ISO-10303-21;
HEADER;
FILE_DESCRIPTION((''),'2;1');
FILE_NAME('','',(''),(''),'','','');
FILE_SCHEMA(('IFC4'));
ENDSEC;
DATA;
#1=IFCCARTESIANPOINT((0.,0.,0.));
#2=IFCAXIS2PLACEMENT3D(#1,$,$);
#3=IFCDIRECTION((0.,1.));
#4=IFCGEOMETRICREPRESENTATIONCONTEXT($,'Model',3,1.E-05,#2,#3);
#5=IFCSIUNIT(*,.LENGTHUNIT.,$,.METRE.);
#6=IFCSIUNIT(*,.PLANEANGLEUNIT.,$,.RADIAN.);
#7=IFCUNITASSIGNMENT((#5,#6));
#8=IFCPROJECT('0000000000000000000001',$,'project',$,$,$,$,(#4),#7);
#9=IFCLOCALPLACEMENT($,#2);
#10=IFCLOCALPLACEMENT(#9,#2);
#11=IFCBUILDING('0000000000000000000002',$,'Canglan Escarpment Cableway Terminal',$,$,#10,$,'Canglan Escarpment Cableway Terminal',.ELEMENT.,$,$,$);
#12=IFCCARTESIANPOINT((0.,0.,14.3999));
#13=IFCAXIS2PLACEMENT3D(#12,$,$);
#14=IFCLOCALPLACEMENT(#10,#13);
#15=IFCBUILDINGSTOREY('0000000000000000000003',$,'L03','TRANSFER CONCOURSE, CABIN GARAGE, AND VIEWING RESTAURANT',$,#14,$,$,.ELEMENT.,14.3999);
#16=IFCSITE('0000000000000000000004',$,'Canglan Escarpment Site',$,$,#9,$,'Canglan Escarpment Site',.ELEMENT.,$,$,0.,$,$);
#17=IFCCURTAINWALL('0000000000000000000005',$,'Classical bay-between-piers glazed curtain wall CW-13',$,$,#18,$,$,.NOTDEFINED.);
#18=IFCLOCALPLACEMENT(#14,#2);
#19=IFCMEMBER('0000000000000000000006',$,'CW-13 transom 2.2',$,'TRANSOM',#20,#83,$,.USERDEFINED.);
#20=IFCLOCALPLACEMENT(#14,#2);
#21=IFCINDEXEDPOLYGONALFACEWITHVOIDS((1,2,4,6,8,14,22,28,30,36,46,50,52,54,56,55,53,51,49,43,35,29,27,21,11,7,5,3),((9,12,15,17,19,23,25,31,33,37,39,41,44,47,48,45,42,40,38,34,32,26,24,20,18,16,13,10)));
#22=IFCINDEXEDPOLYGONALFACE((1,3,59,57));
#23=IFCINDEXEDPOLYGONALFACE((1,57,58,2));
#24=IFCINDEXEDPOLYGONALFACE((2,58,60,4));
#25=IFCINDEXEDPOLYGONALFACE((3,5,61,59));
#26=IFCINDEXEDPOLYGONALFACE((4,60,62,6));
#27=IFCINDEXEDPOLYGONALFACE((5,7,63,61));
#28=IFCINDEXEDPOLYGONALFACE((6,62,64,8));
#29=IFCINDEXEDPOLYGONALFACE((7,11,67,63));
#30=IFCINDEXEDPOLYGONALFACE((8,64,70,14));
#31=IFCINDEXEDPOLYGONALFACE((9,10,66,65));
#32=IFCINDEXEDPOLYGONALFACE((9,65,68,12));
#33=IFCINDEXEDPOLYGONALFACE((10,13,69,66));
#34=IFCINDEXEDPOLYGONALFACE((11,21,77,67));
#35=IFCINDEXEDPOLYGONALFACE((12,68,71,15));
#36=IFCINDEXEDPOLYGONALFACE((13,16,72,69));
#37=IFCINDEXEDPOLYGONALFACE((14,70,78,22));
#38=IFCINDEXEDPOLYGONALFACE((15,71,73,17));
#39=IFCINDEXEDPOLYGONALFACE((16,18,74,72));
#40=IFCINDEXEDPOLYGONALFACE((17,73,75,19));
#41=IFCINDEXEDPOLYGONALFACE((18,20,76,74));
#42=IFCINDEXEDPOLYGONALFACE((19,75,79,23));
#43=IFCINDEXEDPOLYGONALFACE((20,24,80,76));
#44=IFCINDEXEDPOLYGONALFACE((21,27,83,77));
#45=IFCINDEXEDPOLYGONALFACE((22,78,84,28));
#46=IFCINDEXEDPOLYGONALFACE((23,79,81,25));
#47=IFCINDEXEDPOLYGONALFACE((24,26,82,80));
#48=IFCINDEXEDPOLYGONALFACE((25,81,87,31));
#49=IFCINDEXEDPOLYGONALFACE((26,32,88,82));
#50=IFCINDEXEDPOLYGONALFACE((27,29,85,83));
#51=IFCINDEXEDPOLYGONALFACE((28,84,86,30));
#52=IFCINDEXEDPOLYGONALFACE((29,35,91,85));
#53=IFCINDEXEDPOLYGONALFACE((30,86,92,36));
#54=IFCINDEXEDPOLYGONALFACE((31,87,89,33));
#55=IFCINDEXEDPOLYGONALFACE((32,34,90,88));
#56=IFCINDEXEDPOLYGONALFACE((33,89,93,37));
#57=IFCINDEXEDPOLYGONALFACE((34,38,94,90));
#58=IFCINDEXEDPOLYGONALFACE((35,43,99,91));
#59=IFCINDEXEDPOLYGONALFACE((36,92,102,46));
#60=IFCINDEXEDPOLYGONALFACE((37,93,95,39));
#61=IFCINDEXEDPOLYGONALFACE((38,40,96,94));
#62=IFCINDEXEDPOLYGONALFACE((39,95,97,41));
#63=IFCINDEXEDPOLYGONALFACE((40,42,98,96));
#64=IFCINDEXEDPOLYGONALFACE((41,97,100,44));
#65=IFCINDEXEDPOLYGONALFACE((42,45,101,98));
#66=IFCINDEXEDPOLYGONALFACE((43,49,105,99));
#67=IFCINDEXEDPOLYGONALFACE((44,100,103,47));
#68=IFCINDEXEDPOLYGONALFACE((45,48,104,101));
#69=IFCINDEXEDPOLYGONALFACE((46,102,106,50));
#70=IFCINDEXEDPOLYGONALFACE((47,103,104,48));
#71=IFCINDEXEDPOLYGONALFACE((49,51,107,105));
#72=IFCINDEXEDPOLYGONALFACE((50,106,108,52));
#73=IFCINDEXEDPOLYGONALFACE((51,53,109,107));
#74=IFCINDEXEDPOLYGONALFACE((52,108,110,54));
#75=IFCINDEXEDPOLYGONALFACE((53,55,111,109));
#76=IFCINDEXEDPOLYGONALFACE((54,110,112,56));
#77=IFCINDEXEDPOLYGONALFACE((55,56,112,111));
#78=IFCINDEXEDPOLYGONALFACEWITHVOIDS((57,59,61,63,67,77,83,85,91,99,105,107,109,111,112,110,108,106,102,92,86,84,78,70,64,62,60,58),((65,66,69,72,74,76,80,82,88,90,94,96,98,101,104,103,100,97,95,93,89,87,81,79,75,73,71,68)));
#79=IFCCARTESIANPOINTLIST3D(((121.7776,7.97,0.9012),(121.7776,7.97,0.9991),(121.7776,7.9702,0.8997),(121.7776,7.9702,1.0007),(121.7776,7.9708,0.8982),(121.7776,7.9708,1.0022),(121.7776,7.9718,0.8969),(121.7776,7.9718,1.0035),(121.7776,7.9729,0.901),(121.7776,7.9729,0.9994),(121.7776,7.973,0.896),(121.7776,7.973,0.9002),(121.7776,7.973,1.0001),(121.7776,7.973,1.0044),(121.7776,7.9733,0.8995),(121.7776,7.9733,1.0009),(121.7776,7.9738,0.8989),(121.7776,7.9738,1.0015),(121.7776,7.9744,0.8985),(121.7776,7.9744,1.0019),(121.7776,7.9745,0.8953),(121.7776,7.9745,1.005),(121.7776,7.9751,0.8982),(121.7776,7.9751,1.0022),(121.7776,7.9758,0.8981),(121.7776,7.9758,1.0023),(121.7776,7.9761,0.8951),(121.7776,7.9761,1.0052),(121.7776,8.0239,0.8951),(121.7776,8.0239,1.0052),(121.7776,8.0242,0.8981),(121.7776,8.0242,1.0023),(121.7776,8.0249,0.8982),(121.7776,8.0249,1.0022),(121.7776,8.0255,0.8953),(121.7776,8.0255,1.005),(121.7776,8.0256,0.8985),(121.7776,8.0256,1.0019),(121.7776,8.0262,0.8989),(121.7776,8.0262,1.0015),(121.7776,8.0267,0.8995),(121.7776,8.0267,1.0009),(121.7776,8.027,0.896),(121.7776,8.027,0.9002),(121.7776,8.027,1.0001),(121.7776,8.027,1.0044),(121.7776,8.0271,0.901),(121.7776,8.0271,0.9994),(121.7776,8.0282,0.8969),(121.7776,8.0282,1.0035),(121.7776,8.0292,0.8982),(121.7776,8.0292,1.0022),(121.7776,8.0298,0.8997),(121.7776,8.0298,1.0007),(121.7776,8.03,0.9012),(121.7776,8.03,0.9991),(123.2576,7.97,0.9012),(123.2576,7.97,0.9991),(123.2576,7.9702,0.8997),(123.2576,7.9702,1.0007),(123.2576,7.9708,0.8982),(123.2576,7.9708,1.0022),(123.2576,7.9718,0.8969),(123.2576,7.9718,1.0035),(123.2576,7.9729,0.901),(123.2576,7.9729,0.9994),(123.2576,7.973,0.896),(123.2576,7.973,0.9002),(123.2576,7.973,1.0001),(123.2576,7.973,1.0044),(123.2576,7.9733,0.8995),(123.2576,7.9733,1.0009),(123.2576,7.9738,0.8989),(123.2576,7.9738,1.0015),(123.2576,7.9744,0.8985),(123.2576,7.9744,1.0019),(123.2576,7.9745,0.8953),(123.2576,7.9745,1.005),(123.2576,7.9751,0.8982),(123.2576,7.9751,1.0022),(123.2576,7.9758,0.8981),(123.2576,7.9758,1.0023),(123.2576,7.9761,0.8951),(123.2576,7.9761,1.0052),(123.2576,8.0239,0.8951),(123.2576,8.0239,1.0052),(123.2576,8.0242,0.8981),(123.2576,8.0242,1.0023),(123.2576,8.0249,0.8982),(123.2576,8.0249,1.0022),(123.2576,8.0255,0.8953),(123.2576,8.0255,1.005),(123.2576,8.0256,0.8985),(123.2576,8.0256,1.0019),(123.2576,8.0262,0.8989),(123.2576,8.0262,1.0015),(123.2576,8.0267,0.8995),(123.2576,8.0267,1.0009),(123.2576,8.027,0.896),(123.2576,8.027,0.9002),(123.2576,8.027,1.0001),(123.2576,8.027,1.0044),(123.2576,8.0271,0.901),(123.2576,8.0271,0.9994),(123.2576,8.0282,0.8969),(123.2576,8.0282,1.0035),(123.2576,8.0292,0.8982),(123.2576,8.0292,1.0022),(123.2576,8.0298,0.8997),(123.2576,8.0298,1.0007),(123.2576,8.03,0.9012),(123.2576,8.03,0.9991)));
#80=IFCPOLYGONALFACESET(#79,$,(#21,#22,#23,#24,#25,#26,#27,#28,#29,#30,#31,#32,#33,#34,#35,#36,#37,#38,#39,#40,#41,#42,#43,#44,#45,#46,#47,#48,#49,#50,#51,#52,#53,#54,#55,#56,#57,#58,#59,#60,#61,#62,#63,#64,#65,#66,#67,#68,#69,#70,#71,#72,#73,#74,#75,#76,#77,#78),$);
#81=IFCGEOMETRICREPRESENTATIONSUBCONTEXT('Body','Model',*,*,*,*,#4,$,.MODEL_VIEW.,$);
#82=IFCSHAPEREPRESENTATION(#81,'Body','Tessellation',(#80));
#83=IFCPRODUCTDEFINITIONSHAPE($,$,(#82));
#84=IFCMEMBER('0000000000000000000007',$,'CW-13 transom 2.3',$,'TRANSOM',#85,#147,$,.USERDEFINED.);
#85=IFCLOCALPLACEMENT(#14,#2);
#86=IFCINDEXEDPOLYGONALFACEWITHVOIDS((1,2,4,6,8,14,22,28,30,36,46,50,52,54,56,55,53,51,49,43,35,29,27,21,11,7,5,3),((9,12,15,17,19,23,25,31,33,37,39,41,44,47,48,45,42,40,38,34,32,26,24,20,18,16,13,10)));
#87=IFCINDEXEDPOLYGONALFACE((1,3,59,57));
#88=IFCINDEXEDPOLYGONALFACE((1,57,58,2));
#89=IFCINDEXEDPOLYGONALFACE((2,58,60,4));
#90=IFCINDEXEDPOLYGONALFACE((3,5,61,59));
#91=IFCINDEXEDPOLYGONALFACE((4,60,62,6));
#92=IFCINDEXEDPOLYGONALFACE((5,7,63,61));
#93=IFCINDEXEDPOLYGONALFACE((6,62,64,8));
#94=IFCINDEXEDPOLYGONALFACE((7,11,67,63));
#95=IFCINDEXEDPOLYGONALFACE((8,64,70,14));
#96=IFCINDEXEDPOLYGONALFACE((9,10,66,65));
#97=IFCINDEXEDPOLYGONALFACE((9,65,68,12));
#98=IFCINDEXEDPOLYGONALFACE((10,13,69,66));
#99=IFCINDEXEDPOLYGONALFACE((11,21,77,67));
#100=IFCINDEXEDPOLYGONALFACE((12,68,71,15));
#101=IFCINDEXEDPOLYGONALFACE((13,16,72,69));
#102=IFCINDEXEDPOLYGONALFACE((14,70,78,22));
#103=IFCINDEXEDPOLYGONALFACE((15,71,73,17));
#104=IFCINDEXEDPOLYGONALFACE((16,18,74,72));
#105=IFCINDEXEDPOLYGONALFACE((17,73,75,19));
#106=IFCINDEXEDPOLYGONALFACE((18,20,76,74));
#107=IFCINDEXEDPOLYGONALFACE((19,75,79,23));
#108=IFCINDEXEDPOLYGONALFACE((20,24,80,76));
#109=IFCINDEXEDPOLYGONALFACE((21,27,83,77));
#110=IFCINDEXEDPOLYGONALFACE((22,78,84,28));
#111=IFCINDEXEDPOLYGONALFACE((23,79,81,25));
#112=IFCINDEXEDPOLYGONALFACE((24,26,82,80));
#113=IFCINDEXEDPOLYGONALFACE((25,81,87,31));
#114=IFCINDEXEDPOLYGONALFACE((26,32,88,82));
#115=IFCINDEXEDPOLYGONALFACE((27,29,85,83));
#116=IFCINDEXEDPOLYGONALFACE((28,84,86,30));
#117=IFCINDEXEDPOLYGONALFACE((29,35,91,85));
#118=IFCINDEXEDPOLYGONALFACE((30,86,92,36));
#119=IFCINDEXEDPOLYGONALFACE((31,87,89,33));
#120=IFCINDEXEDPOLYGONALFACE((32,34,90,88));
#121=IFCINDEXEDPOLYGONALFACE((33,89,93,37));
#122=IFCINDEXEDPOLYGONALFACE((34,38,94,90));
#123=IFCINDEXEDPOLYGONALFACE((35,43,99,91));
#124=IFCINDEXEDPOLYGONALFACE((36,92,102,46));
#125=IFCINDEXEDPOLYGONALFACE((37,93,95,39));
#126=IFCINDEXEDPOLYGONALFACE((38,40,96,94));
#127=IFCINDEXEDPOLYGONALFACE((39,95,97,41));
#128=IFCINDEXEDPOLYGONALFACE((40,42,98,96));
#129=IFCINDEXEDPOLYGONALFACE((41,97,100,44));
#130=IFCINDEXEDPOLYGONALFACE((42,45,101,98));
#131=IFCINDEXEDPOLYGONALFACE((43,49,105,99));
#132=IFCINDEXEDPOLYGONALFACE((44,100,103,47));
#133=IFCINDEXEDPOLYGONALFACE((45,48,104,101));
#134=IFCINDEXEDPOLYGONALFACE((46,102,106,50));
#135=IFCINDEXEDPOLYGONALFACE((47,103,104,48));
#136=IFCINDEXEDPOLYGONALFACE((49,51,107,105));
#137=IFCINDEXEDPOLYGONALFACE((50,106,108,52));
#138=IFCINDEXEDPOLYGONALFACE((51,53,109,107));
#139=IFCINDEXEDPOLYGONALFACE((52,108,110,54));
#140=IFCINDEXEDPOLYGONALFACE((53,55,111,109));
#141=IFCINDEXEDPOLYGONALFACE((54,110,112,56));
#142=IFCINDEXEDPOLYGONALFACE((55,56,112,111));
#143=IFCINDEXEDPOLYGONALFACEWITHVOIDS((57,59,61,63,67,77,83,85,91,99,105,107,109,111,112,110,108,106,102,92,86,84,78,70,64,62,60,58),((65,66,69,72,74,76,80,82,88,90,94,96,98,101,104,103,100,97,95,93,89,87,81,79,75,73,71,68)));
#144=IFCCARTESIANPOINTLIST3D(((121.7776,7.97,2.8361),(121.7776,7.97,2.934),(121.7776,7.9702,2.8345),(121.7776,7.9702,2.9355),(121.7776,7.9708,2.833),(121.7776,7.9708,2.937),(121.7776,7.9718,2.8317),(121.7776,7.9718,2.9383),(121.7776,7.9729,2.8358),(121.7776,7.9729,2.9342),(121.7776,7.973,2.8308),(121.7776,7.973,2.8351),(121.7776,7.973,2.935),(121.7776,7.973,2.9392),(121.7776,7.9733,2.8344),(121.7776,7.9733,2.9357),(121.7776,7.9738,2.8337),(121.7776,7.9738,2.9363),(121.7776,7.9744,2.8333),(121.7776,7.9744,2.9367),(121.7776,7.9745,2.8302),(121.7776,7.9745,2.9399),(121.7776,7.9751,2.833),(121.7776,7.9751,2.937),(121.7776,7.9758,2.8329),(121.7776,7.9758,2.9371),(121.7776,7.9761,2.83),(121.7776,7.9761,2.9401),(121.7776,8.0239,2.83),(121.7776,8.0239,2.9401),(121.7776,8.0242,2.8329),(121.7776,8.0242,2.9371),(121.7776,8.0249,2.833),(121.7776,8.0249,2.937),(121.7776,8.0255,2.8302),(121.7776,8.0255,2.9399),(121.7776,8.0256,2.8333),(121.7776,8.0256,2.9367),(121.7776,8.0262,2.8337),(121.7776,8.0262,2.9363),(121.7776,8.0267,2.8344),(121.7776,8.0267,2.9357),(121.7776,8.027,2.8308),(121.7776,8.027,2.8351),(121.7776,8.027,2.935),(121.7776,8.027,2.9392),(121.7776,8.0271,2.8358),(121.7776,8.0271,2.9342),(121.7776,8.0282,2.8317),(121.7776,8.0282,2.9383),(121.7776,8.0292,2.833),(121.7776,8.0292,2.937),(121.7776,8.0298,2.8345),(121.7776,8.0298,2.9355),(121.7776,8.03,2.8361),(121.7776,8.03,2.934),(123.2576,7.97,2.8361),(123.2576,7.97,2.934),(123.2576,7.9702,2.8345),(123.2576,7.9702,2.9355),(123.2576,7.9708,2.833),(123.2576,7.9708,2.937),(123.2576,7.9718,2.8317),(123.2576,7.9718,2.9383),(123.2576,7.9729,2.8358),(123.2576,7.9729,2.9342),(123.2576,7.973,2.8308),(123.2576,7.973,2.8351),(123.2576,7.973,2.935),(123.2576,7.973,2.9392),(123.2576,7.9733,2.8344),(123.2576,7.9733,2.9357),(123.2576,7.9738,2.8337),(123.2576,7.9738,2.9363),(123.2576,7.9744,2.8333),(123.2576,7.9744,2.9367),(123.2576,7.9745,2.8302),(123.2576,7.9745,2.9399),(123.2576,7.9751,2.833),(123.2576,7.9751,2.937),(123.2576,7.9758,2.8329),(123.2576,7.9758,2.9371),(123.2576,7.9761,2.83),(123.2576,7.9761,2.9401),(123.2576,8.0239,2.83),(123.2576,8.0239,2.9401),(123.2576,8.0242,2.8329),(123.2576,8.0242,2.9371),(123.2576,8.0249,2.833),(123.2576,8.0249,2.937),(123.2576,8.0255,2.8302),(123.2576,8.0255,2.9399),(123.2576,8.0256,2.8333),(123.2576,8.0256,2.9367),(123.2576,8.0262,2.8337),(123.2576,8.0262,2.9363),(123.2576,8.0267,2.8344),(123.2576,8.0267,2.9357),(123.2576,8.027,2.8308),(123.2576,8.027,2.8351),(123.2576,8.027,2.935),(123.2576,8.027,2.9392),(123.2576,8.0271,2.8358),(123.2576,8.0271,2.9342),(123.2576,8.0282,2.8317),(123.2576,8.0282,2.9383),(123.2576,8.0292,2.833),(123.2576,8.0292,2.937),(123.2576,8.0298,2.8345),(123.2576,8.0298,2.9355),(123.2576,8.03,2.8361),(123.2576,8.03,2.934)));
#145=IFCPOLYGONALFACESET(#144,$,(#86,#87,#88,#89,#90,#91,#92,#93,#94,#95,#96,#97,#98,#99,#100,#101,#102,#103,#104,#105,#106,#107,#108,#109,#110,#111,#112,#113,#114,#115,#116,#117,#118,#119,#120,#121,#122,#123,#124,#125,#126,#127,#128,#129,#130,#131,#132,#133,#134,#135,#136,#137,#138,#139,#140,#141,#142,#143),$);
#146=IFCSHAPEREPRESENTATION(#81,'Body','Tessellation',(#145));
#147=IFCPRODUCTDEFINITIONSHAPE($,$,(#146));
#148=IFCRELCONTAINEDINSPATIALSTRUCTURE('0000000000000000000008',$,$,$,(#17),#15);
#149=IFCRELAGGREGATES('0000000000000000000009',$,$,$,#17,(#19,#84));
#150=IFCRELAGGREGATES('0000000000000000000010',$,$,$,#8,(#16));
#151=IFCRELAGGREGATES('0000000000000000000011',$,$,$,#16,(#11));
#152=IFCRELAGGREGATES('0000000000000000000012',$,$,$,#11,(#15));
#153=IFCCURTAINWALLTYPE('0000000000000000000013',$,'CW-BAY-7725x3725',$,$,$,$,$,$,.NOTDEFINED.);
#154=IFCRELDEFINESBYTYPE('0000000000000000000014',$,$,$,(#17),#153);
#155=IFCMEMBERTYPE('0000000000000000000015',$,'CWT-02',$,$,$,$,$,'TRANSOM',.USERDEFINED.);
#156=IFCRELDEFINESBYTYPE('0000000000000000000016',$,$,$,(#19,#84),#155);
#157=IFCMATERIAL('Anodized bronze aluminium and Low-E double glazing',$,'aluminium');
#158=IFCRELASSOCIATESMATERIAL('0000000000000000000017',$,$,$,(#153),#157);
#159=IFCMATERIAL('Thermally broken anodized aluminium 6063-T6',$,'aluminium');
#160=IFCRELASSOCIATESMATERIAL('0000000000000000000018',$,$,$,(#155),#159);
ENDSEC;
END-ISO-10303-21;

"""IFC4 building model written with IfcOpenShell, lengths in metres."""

from ifc_helpers import new_model, si_unit, direction, frame, origin, origin_2d, place, context, subcontext, project, spatial, hollow_rectangle, extrude, material, material_profile, profile_set, type_object, element, aggregate, save


model = new_model("IFC4")

# Units and contexts
model_context = context("Model", 3, precision=1e-05, world=origin(), true_north=direction((0.0, 1.0)))
body_context = subcontext(model_context, "Body", "Model", "MODEL_VIEW")
ifc_project = project(units=[si_unit("LENGTHUNIT", "METRE"), si_unit("PLANEANGLEUNIT", "RADIAN")], contexts=[model_context])

# Site, building, storey
site_placement = place(None, origin())
site = spatial("IfcSite", under=ifc_project, at=site_placement, Name="Canglan Escarpment Site", LongName="Canglan Escarpment Site", CompositionType="ELEMENT", RefElevation=0.0)
building_placement = place(site_placement, origin())
building = spatial("IfcBuilding", under=site, at=building_placement, Name="Canglan Escarpment Cableway Terminal", LongName="Canglan Escarpment Cableway Terminal", CompositionType="ELEMENT")
storey_placement = place(building_placement, frame((0.0, 0.0, 14.3999)))
storey = spatial("IfcBuildingStorey", under=building, at=storey_placement, Name="L03", Description="TRANSFER CONCOURSE, CABIN GARAGE, AND VIEWING RESTAURANT", CompositionType="ELEMENT", Elevation=14.3999)

# Curtain wall, members
ifc_material_1 = material(Name="Anodized bronze aluminium and Low-E double glazing", Category="aluminium")
curtain_wall_type = type_object("IfcCurtainWallType", Name="CW-BAY-7725x3725", PredefinedType="NOTDEFINED", material=ifc_material_1)
curtain_wall_placement = place(storey_placement, origin())
curtain_wall = element("IfcCurtainWall", 1, at=curtain_wall_placement, inside=storey, type_object=curtain_wall_type, Name="Classical bay-between-piers glazed curtain wall CW-13", PredefinedType="NOTDEFINED")
ifc_material_2 = material(Name="Thermally broken anodized aluminium 6063-T6", Category="aluminium")
ifc_material_profile_1 = material_profile(ifc_material_2, hollow_rectangle(XDim=0.0601, YDim=0.1101, WallThickness=0.0029, InnerFilletRadius=0.0029, OuterFilletRadius=0.0061, at=origin_2d()), Name="ALU-TRAN 60x110x3")
ifc_profile_set_1 = profile_set([ifc_material_profile_1], Name="Thermally broken anodized aluminium 6063-T6")
member_type_1 = type_object("IfcMemberType", Name="CWT-02", ElementType="TRANSOM", PredefinedType="USERDEFINED", material=ifc_profile_set_1)
member_1_placement = place(storey_placement, frame((121.7776, 8.0, 0.9502), z_axis=(1.0, 0.0, 0.0), x_axis=(0.0, 1.0, 0.0)))
member_1 = element("IfcMember", 2, at=member_1_placement, type_object=member_type_1, Name="CW-13 transom 2.2", ObjectType="TRANSOM", PredefinedType="USERDEFINED", context=body_context, shape_type="SweptSolid", body=[
    extrude(hollow_rectangle(XDim=0.0601, YDim=0.1101, WallThickness=0.0029, InnerFilletRadius=0.0029, OuterFilletRadius=0.0061, at=origin_2d()), origin(), (0.0, 0.0, 1.0), 1.48),
])
member_2_placement = place(storey_placement, frame((121.7776, 8.0, 2.885), z_axis=(1.0, 0.0, 0.0), x_axis=(0.0, 1.0, 0.0)))
member_2 = element("IfcMember", 3, at=member_2_placement, type_object=member_type_1, Name="CW-13 transom 2.3", ObjectType="TRANSOM", PredefinedType="USERDEFINED", context=body_context, shape_type="SweptSolid", body=[
    extrude(hollow_rectangle(XDim=0.0601, YDim=0.1101, WallThickness=0.0029, InnerFilletRadius=0.0029, OuterFilletRadius=0.0061, at=origin_2d()), origin(), (0.0, 0.0, 1.0), 1.48),
])

aggregate(curtain_wall, [member_1, member_2])

save(model, "model.ifc")
